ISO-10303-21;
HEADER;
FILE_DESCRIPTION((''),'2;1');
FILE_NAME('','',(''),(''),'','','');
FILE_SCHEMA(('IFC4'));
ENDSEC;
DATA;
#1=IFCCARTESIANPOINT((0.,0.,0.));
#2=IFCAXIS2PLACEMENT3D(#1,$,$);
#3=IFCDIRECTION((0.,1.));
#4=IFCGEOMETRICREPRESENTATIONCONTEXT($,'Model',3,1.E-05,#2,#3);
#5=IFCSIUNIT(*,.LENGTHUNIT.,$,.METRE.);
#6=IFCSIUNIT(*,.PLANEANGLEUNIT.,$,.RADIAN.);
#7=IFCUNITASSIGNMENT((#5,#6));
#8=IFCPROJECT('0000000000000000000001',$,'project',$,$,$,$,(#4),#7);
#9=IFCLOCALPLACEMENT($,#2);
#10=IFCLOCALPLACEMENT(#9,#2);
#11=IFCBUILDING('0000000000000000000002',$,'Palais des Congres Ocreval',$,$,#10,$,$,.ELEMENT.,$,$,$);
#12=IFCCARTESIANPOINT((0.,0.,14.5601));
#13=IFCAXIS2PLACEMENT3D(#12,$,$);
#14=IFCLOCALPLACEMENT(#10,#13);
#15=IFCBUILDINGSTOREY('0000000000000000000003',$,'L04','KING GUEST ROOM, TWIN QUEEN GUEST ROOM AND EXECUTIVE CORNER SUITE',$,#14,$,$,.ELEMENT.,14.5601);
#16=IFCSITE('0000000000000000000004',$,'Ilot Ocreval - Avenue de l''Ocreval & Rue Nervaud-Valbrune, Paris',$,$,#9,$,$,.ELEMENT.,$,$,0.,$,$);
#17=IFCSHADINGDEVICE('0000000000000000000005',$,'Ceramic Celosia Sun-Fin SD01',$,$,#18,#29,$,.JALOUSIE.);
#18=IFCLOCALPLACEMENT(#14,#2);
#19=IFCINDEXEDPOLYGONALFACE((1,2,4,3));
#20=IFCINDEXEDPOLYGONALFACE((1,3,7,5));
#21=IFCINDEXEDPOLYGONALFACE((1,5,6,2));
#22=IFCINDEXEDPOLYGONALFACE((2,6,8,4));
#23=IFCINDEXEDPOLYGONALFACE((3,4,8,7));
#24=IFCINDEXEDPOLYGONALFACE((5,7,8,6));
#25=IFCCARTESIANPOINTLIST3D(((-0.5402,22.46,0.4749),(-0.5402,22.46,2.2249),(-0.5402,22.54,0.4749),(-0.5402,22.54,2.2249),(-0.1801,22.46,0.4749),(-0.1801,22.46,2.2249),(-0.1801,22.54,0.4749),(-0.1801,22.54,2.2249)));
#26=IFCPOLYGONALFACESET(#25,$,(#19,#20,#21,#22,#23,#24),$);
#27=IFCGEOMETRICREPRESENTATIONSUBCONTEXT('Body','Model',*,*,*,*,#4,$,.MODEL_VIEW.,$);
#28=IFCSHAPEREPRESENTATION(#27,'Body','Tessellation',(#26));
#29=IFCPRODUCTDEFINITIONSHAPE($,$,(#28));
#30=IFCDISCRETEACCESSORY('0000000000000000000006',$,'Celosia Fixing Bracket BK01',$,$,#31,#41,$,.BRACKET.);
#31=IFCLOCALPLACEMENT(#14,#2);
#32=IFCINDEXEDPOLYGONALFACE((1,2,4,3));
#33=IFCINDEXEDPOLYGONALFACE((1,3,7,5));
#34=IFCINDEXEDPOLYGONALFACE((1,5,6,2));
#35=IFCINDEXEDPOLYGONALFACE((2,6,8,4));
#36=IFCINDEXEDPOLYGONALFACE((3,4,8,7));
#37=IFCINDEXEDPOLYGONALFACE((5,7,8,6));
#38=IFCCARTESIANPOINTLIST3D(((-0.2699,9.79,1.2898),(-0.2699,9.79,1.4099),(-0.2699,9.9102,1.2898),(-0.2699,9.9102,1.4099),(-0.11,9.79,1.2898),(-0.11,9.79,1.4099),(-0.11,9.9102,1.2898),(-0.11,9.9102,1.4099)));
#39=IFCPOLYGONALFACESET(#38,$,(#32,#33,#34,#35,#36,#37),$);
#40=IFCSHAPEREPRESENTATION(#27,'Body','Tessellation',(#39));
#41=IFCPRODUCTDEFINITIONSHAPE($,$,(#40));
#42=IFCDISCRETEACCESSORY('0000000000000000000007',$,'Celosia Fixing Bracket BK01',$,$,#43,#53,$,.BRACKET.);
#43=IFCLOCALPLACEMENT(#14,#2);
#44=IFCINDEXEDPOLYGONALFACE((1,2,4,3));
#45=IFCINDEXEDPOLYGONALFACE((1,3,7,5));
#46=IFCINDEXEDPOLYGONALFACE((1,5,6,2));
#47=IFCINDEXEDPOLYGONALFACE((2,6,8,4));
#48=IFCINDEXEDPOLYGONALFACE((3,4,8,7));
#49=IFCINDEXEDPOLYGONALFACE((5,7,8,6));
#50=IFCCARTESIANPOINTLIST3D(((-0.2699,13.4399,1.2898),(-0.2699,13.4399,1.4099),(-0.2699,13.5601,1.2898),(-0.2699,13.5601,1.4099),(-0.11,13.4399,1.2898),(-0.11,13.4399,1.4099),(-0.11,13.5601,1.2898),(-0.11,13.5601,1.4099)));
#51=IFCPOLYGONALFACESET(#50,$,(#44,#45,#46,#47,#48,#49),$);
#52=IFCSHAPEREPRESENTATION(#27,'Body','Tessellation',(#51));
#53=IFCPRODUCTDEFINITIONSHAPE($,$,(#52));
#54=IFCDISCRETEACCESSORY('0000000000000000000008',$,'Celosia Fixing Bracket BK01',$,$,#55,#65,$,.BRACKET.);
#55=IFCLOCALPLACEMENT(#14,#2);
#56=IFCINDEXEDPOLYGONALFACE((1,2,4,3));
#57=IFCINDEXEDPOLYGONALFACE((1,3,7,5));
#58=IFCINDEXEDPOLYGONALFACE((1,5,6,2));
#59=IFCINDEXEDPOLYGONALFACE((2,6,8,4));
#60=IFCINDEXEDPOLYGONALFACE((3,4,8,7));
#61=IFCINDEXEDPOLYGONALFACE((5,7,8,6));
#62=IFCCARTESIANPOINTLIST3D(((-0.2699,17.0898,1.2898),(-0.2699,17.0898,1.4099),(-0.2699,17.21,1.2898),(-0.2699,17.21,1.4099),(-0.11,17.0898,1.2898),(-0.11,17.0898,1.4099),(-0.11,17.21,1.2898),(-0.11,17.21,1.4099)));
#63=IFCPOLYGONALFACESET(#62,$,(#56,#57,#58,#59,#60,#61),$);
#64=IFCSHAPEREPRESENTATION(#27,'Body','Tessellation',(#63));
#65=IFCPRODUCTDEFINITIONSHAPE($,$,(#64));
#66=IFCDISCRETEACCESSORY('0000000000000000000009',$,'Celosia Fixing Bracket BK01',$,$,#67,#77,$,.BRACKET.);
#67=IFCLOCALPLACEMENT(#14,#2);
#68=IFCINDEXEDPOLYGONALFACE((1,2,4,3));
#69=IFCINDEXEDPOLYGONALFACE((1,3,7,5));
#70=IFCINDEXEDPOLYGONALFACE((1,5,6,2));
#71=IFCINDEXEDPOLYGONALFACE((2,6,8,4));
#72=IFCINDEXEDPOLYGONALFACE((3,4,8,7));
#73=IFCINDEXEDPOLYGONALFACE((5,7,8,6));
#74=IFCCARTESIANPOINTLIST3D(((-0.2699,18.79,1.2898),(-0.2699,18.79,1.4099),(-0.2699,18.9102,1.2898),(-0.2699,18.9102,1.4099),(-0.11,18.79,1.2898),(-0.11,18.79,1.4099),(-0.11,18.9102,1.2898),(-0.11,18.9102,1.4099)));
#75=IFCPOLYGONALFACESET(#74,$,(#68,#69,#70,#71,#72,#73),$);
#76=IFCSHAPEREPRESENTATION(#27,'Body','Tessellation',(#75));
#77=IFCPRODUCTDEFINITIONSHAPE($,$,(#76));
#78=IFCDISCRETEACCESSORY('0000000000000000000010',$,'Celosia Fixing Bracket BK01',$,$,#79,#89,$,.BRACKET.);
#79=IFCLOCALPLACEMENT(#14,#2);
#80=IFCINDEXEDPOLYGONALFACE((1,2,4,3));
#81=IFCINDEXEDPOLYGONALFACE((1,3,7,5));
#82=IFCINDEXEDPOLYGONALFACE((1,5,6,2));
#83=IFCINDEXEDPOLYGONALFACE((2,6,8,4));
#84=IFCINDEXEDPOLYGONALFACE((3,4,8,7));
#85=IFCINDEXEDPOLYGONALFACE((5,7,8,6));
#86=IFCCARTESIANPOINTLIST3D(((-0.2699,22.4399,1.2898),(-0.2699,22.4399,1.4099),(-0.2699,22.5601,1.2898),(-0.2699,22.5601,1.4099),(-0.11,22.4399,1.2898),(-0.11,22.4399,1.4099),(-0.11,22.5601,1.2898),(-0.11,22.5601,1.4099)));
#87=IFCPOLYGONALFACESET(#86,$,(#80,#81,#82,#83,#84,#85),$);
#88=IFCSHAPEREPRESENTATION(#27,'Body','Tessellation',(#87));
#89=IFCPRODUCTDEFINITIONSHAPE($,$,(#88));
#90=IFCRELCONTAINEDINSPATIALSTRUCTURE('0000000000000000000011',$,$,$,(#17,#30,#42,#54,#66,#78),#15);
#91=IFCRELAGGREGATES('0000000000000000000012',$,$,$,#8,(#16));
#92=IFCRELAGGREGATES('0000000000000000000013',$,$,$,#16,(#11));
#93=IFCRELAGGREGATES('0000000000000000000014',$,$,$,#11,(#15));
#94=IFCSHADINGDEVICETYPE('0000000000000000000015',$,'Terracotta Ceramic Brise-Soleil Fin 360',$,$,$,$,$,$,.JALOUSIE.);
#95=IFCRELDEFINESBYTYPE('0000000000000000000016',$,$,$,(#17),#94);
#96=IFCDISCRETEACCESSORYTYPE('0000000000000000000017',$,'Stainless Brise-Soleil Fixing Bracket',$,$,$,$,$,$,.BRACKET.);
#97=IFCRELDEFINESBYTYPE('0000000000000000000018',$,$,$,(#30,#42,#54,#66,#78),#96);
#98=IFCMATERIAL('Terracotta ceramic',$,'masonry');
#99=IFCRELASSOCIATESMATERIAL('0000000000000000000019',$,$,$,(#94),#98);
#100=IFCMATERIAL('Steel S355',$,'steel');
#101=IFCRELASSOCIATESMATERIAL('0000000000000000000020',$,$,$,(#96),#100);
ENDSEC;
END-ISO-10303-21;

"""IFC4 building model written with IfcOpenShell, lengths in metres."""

from ifc_helpers import new_model, si_unit, direction, frame, origin, origin_2d, place, context, subcontext, project, spatial, rectangle, extrude, material, type_object, element, save


model = new_model("IFC4")

# Units and contexts
model_context = context("Model", 3, precision=1e-05, world=origin(), true_north=direction((0.0, 1.0)))
body_context = subcontext(model_context, "Body", "Model", "MODEL_VIEW")
ifc_project = project(units=[si_unit("LENGTHUNIT", "METRE"), si_unit("PLANEANGLEUNIT", "RADIAN")], contexts=[model_context])

# Site, building, storey
site_placement = place(None, origin())
site = spatial("IfcSite", under=ifc_project, at=site_placement, Name="Ilot Ocreval - Avenue de l'Ocreval & Rue Nervaud-Valbrune, Paris", CompositionType="ELEMENT", RefElevation=0.0)
building_placement = place(site_placement, origin())
building = spatial("IfcBuilding", under=site, at=building_placement, Name="Palais des Congres Ocreval", CompositionType="ELEMENT")
storey_placement = place(building_placement, frame((0.0, 0.0, 14.5601)))
storey = spatial("IfcBuildingStorey", under=building, at=storey_placement, Name="L04", Description="KING GUEST ROOM, TWIN QUEEN GUEST ROOM AND EXECUTIVE CORNER SUITE", CompositionType="ELEMENT", Elevation=14.5601)

# Shared definitions
ifc_material_1 = material(Name="Steel S355", Category="steel")

# Shading device
ifc_material_2 = material(Name="Terracotta ceramic", Category="masonry")
shading_device_type = type_object("IfcShadingDeviceType", Name="Terracotta Ceramic Brise-Soleil Fin 360", PredefinedType="JALOUSIE", material=ifc_material_2)
for number, where, z_axis, x_axis, name in (
    (1, (-0.3601, 22.5, 0.4749), (0.0, 0.0, 1.0), (-1.0, 0.0, 0.0), "Ceramic Celosia Sun-Fin SD01"),
):
    element("IfcShadingDevice", number, at=place(storey_placement, frame(where, z_axis=z_axis, x_axis=x_axis)), inside=storey, type_object=shading_device_type, Name=name, PredefinedType="JALOUSIE", context=body_context, shape_type="SweptSolid", body=[
        extrude(rectangle(XDim=0.3601, YDim=0.0801, at=origin_2d()), origin(), (0.0, 0.0, 1.0), 1.75),
    ])

# Discrete accessories
discrete_accessory_type = type_object("IfcDiscreteAccessoryType", Name="Stainless Brise-Soleil Fixing Bracket", PredefinedType="BRACKET", material=ifc_material_1)
for number, where, z_axis, x_axis, name in (
    (2, (-0.1899, 9.8501, 1.2898), (0.0, 0.0, 1.0), (-1.0, 0.0, 0.0), "Celosia Fixing Bracket BK01"),
    (3, (-0.1899, 13.5, 1.2898), (0.0, 0.0, 1.0), (-1.0, 0.0, 0.0), "Celosia Fixing Bracket BK01"),
    (4, (-0.1899, 17.1499, 1.2898), (0.0, 0.0, 1.0), (-1.0, 0.0, 0.0), "Celosia Fixing Bracket BK01"),
    (5, (-0.1899, 18.8501, 1.2898), (0.0, 0.0, 1.0), (-1.0, 0.0, 0.0), "Celosia Fixing Bracket BK01"),
    (6, (-0.1899, 22.5, 1.2898), (0.0, 0.0, 1.0), (-1.0, 0.0, 0.0), "Celosia Fixing Bracket BK01"),
):
    element("IfcDiscreteAccessory", number, at=place(storey_placement, frame(where, z_axis=z_axis, x_axis=x_axis)), inside=storey, type_object=discrete_accessory_type, Name=name, PredefinedType="BRACKET", context=body_context, shape_type="SweptSolid", body=[
        extrude(rectangle(XDim=0.1599, YDim=0.1201, at=origin_2d()), origin(), (0.0, 0.0, 1.0), 0.1201),
    ])

save(model, "model.ifc")
